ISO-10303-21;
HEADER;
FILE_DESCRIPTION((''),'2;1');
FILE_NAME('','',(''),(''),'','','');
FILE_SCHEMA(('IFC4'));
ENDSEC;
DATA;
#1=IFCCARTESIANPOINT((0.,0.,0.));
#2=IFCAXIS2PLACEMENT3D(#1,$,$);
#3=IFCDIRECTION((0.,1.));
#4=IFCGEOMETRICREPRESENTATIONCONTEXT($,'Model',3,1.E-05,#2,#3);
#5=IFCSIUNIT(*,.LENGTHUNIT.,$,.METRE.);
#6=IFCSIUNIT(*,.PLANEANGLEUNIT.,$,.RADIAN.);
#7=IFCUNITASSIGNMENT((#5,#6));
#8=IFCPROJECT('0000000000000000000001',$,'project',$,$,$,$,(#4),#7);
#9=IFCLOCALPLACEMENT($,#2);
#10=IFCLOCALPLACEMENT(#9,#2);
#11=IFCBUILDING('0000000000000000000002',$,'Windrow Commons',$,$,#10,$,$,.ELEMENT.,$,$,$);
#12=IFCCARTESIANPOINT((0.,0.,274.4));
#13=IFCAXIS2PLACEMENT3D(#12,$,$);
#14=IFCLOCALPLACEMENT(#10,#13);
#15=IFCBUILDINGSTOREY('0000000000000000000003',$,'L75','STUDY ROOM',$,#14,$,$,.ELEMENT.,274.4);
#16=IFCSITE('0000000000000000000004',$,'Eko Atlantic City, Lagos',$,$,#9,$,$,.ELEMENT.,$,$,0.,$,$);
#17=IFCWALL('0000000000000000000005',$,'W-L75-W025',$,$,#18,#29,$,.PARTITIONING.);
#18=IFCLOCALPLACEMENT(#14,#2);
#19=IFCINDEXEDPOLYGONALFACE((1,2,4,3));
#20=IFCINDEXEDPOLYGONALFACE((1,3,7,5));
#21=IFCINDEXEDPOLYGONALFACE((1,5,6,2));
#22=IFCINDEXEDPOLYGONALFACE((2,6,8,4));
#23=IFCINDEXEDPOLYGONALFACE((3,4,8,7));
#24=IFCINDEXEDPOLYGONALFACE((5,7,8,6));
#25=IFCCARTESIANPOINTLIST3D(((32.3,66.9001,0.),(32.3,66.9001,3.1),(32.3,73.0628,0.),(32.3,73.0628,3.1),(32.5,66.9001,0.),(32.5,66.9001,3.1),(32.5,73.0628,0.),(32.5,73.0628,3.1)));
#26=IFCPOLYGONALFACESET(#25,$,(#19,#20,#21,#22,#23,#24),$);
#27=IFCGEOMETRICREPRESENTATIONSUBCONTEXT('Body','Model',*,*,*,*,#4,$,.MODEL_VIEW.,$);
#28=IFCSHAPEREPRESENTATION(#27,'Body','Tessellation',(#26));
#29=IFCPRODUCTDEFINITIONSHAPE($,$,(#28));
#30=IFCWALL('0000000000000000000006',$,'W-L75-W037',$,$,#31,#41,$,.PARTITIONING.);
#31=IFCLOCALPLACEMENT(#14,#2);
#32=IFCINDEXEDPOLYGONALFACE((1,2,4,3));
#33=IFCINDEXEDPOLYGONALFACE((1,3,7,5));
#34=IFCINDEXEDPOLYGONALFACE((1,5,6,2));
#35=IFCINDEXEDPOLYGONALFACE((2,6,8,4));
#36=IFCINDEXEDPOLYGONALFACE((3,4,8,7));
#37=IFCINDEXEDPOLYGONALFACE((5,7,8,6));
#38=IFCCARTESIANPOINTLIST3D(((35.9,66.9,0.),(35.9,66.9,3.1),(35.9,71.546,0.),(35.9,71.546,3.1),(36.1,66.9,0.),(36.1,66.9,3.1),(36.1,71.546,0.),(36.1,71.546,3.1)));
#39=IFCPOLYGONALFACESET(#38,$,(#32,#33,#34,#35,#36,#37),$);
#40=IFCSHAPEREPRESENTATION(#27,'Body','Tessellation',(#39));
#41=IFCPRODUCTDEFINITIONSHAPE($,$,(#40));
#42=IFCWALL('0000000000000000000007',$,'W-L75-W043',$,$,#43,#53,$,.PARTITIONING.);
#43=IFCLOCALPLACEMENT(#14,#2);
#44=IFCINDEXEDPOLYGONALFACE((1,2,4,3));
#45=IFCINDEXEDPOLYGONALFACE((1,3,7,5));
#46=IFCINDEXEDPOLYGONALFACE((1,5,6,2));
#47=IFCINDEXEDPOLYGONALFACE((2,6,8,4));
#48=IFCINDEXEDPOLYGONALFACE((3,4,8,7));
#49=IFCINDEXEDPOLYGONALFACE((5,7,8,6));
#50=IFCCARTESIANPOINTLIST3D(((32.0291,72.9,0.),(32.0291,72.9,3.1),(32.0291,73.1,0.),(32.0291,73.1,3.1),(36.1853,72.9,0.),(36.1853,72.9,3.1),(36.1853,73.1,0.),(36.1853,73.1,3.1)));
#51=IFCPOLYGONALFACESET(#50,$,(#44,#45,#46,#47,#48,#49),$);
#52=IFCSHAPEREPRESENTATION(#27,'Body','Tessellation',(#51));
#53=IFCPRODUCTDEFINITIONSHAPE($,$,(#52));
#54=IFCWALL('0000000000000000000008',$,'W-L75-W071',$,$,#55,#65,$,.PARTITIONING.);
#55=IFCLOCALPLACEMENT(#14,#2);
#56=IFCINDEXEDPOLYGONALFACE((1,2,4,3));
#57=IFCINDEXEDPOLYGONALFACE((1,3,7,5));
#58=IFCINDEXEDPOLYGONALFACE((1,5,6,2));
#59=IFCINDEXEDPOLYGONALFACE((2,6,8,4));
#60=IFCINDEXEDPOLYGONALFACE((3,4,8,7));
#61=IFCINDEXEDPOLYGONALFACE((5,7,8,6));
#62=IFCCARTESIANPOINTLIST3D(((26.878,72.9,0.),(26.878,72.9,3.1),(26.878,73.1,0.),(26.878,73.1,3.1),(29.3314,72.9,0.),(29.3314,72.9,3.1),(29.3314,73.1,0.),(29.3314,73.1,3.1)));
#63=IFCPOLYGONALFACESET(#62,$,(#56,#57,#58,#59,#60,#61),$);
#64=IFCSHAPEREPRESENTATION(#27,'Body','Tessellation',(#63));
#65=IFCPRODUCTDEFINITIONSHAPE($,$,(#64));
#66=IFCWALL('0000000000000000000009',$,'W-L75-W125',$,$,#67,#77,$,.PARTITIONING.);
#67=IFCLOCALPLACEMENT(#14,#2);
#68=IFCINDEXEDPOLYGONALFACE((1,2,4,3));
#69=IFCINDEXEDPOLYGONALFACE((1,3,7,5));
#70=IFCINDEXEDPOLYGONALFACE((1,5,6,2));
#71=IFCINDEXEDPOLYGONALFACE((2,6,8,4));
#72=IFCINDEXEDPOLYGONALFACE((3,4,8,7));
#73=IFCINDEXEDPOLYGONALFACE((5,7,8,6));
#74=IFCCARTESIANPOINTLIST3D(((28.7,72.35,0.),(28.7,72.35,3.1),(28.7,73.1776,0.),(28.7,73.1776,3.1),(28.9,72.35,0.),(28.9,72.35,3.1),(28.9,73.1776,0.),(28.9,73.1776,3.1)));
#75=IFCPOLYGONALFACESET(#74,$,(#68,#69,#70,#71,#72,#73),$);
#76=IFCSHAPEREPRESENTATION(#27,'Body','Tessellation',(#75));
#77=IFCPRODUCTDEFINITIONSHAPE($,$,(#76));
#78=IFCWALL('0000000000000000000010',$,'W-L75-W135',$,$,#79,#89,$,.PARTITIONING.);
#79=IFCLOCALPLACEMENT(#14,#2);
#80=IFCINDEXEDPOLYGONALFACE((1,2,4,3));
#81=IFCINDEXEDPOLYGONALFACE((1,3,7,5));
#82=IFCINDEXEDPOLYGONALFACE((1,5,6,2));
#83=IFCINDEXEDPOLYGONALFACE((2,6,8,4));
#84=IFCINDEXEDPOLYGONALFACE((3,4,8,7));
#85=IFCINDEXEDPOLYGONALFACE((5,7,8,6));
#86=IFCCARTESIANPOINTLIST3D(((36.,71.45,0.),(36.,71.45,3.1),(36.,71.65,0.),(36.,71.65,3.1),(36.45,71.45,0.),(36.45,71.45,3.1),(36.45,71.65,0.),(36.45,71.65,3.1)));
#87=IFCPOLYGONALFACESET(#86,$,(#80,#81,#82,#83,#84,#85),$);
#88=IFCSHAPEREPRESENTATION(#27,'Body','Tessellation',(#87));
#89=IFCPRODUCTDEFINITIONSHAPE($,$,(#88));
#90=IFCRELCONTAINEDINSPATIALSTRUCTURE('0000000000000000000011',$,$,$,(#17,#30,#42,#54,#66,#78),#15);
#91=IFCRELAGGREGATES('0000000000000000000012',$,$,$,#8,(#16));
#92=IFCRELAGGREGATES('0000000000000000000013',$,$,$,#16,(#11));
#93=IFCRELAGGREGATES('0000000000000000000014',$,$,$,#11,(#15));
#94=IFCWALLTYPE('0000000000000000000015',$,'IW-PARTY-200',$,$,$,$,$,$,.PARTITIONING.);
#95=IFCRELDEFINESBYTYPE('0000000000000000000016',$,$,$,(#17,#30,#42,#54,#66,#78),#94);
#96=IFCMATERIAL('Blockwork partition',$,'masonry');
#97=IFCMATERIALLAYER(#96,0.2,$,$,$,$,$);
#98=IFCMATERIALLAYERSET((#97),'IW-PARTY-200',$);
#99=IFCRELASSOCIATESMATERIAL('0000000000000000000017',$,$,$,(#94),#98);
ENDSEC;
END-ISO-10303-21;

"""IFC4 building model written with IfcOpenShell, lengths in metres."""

from ifc_helpers import new_model, si_unit, direction, frame, frame_2d, origin, place, context, subcontext, project, spatial, rectangle, extrude, material, layer, layer_set, type_object, element, save


model = new_model("IFC4")

# Units and contexts
model_context = context("Model", 3, precision=1e-05, world=origin(), true_north=direction((0.0, 1.0)))
body_context = subcontext(model_context, "Body", "Model", "MODEL_VIEW")
ifc_project = project(units=[si_unit("LENGTHUNIT", "METRE"), si_unit("PLANEANGLEUNIT", "RADIAN")], contexts=[model_context])

# Site, building, storey
site_placement = place(None, origin())
site = spatial("IfcSite", under=ifc_project, at=site_placement, Name="Eko Atlantic City, Lagos", CompositionType="ELEMENT", RefElevation=0.0)
building_placement = place(site_placement, origin())
building = spatial("IfcBuilding", under=site, at=building_placement, Name="Windrow Commons", CompositionType="ELEMENT")
storey_placement = place(building_placement, frame((0.0, 0.0, 274.4)))
storey = spatial("IfcBuildingStorey", under=building, at=storey_placement, Name="L75", Description="STUDY ROOM", CompositionType="ELEMENT", Elevation=274.4)

# Walls
ifc_material_1 = material(Name="Blockwork partition", Category="masonry")
ifc_layer_1 = layer(ifc_material_1, 0.2)
ifc_layer_set_1 = layer_set([ifc_layer_1], Name="IW-PARTY-200")
wall_type_1 = type_object("IfcWallType", Name="IW-PARTY-200", PredefinedType="PARTITIONING", material=ifc_layer_set_1)
wall_1_placement = place(storey_placement, frame((32.4, 66.9, 0.0), z_axis=(0.0, 0.0, 1.0), x_axis=(0.0, 1.0, 0.0)))
element("IfcWall", 1, at=wall_1_placement, inside=storey, type_object=wall_type_1, Name="W-L75-W025", PredefinedType="PARTITIONING", context=body_context, shape_type="SweptSolid", body=[
    extrude(rectangle(XDim=6.1627, YDim=0.2, at=frame_2d((3.0814, 0.0))), origin(), (0.0, 0.0, 1.0), 3.1),
])
wall_2_placement = place(storey_placement, frame((36.0, 66.9, 0.0), z_axis=(0.0, 0.0, 1.0), x_axis=(0.0, 1.0, 0.0)))
element("IfcWall", 2, at=wall_2_placement, inside=storey, type_object=wall_type_1, Name="W-L75-W037", PredefinedType="PARTITIONING", context=body_context, shape_type="SweptSolid", body=[
    extrude(rectangle(XDim=4.646, YDim=0.2, at=frame_2d((2.323, 0.0))), origin(), (0.0, 0.0, 1.0), 3.1),
])
wall_3_placement = place(storey_placement, frame((32.0291, 73.0, 0.0), z_axis=(0.0, 0.0, 1.0), x_axis=(1.0, 0.0, 0.0)))
element("IfcWall", 3, at=wall_3_placement, inside=storey, type_object=wall_type_1, Name="W-L75-W043", PredefinedType="PARTITIONING", context=body_context, shape_type="SweptSolid", body=[
    extrude(rectangle(XDim=4.1562, YDim=0.2, at=frame_2d((2.0781, 0.0))), origin(), (0.0, 0.0, 1.0), 3.1),
])
wall_4_placement = place(storey_placement, frame((26.878, 73.0, 0.0), z_axis=(0.0, 0.0, 1.0), x_axis=(1.0, 0.0, 0.0)))
element("IfcWall", 4, at=wall_4_placement, inside=storey, type_object=wall_type_1, Name="W-L75-W071", PredefinedType="PARTITIONING", context=body_context, shape_type="SweptSolid", body=[
    extrude(rectangle(XDim=2.4534, YDim=0.2, at=frame_2d((1.2267, 0.0))), origin(), (0.0, 0.0, 1.0), 3.1),
])
wall_5_placement = place(storey_placement, frame((28.8, 72.35, 0.0), z_axis=(0.0, 0.0, 1.0), x_axis=(0.0, 1.0, 0.0)))
element("IfcWall", 5, at=wall_5_placement, inside=storey, type_object=wall_type_1, Name="W-L75-W125", PredefinedType="PARTITIONING", context=body_context, shape_type="SweptSolid", body=[
    extrude(rectangle(XDim=0.8275, YDim=0.2, at=frame_2d((0.4138, 0.0))), origin(), (0.0, 0.0, 1.0), 3.1),
])
wall_6_placement = place(storey_placement, frame((36.0, 71.55, 0.0), z_axis=(0.0, 0.0, 1.0), x_axis=(1.0, 0.0, 0.0)))
element("IfcWall", 6, at=wall_6_placement, inside=storey, type_object=wall_type_1, Name="W-L75-W135", PredefinedType="PARTITIONING", context=body_context, shape_type="SweptSolid", body=[
    extrude(rectangle(XDim=0.45, YDim=0.2, at=frame_2d((0.225, 0.0))), origin(), (0.0, 0.0, 1.0), 3.1),
])

save(model, "model.ifc")
